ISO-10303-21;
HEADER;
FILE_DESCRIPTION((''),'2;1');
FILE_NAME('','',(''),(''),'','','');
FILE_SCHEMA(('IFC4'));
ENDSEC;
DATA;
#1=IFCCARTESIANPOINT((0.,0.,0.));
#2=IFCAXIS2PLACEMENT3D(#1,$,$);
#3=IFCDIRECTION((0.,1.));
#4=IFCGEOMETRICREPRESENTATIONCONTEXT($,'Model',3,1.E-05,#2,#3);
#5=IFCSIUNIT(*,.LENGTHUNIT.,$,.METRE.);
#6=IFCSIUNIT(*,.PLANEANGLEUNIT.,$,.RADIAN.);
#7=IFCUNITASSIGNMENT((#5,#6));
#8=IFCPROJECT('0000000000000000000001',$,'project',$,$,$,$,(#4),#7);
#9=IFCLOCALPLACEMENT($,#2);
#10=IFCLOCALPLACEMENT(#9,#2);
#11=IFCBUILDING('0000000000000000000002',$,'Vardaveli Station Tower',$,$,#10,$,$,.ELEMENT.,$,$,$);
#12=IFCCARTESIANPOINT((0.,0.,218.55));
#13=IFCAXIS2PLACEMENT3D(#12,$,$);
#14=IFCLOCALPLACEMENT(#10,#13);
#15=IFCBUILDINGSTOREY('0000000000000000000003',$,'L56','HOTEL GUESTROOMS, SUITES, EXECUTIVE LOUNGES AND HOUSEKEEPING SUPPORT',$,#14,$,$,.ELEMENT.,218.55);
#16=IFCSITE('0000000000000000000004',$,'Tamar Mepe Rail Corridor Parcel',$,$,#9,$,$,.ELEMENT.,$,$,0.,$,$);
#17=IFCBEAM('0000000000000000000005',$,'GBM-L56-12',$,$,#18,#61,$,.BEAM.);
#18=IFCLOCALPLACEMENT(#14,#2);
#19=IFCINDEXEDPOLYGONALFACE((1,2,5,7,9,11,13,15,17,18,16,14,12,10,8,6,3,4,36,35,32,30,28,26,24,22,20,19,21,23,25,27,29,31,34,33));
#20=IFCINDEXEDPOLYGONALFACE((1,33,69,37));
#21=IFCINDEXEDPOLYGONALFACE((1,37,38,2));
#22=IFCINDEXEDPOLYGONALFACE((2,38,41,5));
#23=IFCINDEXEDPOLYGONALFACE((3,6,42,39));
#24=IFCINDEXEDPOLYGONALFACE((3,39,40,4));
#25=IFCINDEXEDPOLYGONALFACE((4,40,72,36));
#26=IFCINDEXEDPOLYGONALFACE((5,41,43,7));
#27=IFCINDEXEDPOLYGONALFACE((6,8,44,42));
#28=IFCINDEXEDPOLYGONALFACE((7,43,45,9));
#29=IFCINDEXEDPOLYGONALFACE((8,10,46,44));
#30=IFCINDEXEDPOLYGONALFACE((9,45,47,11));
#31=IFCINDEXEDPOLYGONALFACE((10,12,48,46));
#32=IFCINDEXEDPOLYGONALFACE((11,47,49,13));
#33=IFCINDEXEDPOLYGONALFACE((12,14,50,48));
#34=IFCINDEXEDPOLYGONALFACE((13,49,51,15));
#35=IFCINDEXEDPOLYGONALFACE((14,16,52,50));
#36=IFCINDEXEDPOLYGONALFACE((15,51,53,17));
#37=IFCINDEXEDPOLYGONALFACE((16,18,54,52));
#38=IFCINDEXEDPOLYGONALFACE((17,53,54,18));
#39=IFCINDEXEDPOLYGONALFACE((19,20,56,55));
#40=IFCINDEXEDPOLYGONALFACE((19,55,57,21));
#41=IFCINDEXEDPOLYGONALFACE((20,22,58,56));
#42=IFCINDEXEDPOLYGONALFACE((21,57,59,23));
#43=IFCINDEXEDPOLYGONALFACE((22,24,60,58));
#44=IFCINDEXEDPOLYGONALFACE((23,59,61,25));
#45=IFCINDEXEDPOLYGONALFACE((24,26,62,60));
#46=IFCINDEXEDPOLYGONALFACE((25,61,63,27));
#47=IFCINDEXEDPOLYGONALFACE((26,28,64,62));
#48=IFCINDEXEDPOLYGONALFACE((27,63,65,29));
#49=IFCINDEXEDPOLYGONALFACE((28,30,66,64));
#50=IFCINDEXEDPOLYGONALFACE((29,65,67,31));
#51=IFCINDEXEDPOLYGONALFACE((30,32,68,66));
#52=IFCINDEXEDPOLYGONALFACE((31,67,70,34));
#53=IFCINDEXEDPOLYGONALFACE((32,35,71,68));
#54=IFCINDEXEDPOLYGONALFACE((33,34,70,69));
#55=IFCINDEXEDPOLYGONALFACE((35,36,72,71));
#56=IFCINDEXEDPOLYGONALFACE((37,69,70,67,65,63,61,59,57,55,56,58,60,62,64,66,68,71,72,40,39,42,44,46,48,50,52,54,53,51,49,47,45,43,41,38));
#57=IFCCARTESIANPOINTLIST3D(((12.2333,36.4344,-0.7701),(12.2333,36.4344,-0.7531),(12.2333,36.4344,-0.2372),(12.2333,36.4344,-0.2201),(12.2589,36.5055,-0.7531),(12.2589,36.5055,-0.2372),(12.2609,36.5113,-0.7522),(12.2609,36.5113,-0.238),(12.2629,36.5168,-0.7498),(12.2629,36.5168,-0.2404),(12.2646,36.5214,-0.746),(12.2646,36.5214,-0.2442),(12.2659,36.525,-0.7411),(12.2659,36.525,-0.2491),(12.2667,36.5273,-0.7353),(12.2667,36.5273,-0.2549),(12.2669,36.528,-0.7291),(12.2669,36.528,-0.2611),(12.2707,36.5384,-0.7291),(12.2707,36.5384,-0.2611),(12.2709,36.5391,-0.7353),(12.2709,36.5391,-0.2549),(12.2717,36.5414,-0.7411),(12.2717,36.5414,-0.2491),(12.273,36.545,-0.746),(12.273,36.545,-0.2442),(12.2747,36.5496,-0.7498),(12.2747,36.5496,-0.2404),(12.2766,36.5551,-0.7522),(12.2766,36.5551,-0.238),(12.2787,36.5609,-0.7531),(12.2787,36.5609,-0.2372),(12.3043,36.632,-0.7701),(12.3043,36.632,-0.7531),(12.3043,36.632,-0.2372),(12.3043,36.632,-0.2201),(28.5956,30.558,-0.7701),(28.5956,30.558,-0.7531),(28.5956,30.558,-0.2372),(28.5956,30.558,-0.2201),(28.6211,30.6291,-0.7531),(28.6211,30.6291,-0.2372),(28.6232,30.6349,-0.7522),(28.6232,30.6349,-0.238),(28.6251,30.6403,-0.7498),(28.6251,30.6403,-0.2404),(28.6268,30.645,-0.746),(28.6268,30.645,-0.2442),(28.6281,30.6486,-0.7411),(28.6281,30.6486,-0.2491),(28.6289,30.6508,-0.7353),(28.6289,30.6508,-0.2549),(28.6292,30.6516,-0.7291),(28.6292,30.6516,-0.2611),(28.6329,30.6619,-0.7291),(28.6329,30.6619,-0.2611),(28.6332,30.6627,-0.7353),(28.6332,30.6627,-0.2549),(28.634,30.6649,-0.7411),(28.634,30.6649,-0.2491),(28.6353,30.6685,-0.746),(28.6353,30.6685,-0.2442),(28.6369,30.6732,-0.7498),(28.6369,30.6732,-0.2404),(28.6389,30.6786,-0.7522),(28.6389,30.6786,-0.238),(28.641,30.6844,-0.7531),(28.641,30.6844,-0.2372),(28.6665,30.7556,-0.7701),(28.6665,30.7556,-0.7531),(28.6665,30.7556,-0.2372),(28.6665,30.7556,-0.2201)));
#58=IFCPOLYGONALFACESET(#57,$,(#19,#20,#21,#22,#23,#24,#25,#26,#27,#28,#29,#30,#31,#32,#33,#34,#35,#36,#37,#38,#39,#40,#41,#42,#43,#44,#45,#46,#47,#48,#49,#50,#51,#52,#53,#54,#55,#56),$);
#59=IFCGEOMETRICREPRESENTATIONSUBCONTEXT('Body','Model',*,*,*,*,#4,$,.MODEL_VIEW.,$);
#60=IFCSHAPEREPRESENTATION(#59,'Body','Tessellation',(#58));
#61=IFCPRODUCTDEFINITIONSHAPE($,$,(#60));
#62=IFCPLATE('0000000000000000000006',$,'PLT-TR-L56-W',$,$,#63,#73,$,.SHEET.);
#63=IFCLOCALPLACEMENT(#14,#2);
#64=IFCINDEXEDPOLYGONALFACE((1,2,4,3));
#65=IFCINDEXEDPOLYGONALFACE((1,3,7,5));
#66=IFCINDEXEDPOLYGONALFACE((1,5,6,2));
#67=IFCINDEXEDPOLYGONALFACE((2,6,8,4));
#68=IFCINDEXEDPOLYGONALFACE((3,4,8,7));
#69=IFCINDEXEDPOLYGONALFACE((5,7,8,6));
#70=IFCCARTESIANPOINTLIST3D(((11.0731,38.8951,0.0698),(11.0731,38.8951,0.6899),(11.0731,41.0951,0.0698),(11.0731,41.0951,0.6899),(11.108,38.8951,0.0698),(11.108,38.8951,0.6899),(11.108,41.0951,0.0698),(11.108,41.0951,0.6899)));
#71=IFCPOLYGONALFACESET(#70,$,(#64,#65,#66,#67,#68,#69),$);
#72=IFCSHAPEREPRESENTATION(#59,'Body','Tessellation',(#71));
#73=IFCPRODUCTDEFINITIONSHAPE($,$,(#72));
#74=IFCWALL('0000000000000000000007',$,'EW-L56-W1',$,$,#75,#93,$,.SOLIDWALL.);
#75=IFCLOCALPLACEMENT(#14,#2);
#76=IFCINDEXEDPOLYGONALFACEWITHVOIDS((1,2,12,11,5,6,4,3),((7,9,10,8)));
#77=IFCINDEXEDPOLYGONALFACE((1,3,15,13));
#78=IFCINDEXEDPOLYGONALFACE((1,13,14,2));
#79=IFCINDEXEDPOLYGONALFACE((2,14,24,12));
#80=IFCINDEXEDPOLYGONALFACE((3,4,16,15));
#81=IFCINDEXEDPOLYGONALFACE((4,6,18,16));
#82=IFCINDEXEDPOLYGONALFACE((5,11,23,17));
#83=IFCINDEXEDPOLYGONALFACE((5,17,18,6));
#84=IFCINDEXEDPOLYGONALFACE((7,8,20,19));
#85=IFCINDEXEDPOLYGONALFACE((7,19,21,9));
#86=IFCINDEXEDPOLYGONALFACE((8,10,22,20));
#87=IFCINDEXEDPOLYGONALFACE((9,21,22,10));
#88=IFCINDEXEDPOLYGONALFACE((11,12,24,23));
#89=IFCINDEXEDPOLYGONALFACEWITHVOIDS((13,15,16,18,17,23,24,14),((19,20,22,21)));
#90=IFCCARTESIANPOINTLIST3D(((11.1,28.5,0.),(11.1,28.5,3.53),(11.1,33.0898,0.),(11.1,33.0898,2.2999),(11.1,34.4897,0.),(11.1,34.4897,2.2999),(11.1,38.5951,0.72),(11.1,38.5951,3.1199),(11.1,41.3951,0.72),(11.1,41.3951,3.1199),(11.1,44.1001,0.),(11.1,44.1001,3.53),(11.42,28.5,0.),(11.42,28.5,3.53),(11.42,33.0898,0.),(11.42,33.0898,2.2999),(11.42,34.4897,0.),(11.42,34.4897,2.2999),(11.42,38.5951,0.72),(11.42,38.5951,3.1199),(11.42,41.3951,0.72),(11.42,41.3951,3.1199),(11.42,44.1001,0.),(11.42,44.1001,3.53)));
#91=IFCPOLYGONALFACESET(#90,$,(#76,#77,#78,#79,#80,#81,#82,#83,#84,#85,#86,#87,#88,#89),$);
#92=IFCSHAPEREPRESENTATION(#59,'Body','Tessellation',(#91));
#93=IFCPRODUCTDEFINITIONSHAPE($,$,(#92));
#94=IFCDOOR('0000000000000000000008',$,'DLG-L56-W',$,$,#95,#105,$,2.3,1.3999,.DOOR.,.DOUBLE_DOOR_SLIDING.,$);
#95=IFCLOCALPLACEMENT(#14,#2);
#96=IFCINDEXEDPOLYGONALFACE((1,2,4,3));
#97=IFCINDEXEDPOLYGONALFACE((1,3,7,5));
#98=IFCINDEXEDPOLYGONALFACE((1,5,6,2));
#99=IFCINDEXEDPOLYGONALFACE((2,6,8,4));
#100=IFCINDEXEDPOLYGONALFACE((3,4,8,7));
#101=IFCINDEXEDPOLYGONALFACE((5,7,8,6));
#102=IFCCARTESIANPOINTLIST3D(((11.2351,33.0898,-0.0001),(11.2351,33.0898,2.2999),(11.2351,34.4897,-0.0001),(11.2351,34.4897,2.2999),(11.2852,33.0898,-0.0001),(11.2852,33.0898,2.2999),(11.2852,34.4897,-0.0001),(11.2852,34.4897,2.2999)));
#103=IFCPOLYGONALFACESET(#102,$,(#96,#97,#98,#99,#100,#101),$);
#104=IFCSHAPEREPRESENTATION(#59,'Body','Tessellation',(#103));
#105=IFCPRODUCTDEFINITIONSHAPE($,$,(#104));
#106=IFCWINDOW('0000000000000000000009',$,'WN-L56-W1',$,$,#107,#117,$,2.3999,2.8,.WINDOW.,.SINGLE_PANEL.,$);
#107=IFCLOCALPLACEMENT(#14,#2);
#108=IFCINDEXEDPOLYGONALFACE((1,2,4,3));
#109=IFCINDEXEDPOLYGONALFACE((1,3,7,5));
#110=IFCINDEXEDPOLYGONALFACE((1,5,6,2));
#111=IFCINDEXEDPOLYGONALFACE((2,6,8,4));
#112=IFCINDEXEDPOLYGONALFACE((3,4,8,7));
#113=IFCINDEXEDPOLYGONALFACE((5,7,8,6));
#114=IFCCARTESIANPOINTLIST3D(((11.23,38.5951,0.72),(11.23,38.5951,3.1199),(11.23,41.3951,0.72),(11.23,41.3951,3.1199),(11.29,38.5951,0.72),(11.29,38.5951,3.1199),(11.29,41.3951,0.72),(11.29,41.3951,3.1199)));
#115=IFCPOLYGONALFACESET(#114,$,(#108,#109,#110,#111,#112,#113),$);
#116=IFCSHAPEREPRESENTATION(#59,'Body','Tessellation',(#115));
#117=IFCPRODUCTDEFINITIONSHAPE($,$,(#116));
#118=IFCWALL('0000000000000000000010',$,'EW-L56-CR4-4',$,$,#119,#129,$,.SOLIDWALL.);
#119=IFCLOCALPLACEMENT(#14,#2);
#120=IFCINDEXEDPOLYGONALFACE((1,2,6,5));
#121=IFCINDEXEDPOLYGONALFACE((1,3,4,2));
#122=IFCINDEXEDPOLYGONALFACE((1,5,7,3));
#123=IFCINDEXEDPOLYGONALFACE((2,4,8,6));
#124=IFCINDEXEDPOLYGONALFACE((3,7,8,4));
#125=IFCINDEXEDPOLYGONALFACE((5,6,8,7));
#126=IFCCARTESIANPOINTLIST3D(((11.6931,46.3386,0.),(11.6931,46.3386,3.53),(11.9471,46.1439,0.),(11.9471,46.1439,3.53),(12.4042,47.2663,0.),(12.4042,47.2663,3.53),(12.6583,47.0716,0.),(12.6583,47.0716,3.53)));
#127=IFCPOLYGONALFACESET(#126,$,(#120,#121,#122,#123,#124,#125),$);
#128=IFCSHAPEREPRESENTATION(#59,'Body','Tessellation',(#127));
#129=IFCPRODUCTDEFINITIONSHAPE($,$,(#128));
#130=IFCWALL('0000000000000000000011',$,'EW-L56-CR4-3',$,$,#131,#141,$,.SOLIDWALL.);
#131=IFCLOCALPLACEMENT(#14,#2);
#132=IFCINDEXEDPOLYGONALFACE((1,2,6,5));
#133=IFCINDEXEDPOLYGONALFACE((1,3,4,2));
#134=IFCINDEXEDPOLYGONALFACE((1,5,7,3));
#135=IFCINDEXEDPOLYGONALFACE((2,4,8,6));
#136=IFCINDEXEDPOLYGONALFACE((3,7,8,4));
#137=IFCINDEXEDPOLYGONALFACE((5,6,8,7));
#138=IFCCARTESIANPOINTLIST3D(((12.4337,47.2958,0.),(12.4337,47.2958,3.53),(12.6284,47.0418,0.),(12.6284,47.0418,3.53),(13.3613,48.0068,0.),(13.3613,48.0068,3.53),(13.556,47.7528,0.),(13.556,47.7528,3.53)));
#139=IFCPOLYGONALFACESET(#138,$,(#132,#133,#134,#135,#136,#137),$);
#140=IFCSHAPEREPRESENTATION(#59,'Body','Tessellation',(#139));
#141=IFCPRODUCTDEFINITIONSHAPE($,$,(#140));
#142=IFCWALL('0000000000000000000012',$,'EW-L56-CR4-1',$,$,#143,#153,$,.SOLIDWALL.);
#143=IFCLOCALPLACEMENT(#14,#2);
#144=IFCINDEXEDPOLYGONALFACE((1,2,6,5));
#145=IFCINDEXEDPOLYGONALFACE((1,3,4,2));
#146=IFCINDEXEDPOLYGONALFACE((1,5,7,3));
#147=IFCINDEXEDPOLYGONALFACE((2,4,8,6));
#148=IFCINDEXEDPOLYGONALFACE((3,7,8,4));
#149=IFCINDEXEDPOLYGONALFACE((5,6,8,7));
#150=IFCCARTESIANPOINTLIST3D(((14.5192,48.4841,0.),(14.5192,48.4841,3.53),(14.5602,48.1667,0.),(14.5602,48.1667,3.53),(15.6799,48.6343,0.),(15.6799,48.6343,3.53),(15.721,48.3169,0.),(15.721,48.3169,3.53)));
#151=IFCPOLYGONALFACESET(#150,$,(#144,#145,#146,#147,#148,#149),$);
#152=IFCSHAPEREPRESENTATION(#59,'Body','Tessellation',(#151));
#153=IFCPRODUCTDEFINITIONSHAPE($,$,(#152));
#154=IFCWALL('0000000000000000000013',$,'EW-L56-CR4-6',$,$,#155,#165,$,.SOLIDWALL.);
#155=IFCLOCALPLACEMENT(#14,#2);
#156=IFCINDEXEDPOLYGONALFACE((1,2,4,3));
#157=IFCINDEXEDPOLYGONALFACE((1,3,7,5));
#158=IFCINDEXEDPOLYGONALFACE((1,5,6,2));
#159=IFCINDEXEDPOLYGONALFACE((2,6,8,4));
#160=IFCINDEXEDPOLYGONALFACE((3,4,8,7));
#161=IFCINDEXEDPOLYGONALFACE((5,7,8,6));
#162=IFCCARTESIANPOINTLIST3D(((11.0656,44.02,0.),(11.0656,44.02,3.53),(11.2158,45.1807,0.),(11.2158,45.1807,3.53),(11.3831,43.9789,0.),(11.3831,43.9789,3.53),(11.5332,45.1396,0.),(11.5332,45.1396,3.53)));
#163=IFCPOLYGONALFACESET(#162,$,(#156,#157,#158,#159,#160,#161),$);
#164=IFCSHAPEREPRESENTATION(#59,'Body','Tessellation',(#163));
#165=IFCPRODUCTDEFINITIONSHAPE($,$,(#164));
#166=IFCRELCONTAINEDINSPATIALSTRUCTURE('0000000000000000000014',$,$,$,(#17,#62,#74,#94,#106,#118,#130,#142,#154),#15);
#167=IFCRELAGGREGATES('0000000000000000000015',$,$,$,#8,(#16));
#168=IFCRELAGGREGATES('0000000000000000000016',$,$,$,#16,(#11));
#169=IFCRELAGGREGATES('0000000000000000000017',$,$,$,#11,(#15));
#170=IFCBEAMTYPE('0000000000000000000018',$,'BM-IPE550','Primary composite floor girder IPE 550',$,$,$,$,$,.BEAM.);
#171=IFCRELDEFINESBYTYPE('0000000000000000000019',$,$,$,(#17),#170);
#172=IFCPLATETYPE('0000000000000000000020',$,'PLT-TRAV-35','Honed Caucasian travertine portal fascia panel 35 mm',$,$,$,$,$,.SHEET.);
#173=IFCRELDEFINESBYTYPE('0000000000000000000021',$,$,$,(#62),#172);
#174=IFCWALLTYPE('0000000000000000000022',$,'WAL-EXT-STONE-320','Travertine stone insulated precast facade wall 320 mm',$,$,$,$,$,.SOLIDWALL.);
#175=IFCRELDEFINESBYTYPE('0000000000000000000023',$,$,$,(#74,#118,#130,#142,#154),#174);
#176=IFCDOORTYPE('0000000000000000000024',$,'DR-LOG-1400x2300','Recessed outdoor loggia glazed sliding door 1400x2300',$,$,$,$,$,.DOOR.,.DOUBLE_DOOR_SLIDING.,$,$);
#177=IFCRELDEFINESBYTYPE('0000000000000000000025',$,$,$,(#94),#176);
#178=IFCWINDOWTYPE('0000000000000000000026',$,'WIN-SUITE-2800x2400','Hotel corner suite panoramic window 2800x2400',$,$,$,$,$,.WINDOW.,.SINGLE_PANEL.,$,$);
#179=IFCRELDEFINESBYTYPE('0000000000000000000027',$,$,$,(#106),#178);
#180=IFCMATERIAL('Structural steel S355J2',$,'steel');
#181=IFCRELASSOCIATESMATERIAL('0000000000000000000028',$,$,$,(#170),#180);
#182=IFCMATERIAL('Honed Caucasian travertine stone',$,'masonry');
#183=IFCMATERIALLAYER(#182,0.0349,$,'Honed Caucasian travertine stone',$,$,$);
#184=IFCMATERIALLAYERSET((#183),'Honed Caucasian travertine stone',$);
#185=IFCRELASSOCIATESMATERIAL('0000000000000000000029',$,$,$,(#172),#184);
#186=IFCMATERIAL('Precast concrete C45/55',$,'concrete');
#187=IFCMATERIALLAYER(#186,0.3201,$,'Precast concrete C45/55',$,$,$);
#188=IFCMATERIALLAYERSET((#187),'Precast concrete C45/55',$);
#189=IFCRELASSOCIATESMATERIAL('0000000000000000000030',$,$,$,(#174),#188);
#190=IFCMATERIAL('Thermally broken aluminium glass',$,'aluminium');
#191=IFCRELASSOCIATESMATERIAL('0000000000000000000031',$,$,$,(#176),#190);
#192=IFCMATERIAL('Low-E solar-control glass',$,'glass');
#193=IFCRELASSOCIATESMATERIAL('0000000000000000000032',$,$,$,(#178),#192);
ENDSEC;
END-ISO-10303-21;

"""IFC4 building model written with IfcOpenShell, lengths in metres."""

from ifc_helpers import new_model, si_unit, direction, frame, frame_2d, origin, origin_2d, place, context, subcontext, project, spatial, rectangle, i_section, extrude, source, transform, mapped, material, layer, layer_set, material_profile, profile_set, type_object, element, fill, save


model = new_model("IFC4")

# Units and contexts
model_context = context("Model", 3, precision=1e-05, world=origin(), true_north=direction((0.0, 1.0)))
body_context = subcontext(model_context, "Body", "Model", "MODEL_VIEW")
ifc_project = project(units=[si_unit("LENGTHUNIT", "METRE"), si_unit("PLANEANGLEUNIT", "RADIAN")], contexts=[model_context])

# Site, building, storey
site_placement = place(None, origin())
site = spatial("IfcSite", under=ifc_project, at=site_placement, Name="Tamar Mepe Rail Corridor Parcel", CompositionType="ELEMENT", RefElevation=0.0)
building_placement = place(site_placement, origin())
building = spatial("IfcBuilding", under=site, at=building_placement, Name="Vardaveli Station Tower", CompositionType="ELEMENT")
storey_placement = place(building_placement, frame((0.0, 0.0, 218.55)))
storey = spatial("IfcBuildingStorey", under=building, at=storey_placement, Name="L56", Description="HOTEL GUESTROOMS, SUITES, EXECUTIVE LOUNGES AND HOUSEKEEPING SUPPORT", CompositionType="ELEMENT", Elevation=218.55)

# Beam
ifc_material_1 = material(Name="Precast concrete C45/55", Category="concrete")
ifc_material_2 = material(Name="Structural steel S355J2", Category="steel")
ifc_material_profile_1 = material_profile(ifc_material_2, i_section(OverallWidth=0.21, OverallDepth=0.55, WebThickness=0.011, FlangeThickness=0.0171, FilletRadius=0.0239, at=origin_2d()), Name="IPE 550")
ifc_profile_set_1 = profile_set([ifc_material_profile_1], Name="Structural steel S355J2")
beam_type_1 = type_object("IfcBeamType", Name="BM-IPE550", Description="Primary composite floor girder IPE 550", PredefinedType="BEAM", material=ifc_profile_set_1)
shared_shape_1 = source(origin(), body_context, "Body", "SweptSolid", [
    extrude(i_section(OverallWidth=0.21, OverallDepth=0.55, WebThickness=0.011, FlangeThickness=0.0171, FilletRadius=0.0239, at=origin_2d()), origin(), (0.0, 0.0, 1.0), 17.3855),
])
beam_1_placement = place(storey_placement, frame((12.2688, 36.5332, -0.4951), z_axis=(0.941143, -0.338008, 0.0), x_axis=(0.338008, 0.941143, 0.0)))
element("IfcBeam", 1, at=beam_1_placement, inside=storey, type_object=beam_type_1, Name="GBM-L56-12", PredefinedType="BEAM", context=body_context, shape_type="MappedRepresentation", body=[
    mapped(shared_shape_1, transform((0.0, 0.0, 0.0), scale=1.0)),
])

# Plate
ifc_material_3 = material(Name="Honed Caucasian travertine stone", Category="masonry")
ifc_layer_1 = layer(ifc_material_3, 0.0349, Name="Honed Caucasian travertine stone")
ifc_layer_set_1 = layer_set([ifc_layer_1], Name="Honed Caucasian travertine stone")
plate_type = type_object("IfcPlateType", Name="PLT-TRAV-35", Description="Honed Caucasian travertine portal fascia panel 35 mm", PredefinedType="SHEET", material=ifc_layer_set_1)
shared_shape_2 = source(origin(), body_context, "Body", "SweptSolid", [
    extrude(rectangle(XDim=2.2, YDim=0.0349, at=origin_2d()), origin(), (0.0, 0.0, 1.0), 0.6201),
])
plate_placement = place(storey_placement, frame((11.0906, 39.9951, 0.0698), z_axis=(0.0, 0.0, 1.0), x_axis=(0.0, 1.0, 0.0)))
element("IfcPlate", 2, at=plate_placement, inside=storey, type_object=plate_type, Name="PLT-TR-L56-W", PredefinedType="SHEET", context=body_context, shape_type="MappedRepresentation", body=[
    mapped(shared_shape_2, transform((0.0, 0.0, 0.0), scale=1.0)),
])

# Wall, openings, door, window
ifc_layer_2 = layer(ifc_material_1, 0.3201, Name="Precast concrete C45/55")
ifc_layer_set_2 = layer_set([ifc_layer_2], Name="Precast concrete C45/55")
wall_type_1 = type_object("IfcWallType", Name="WAL-EXT-STONE-320", Description="Travertine stone insulated precast facade wall 320 mm", PredefinedType="SOLIDWALL", material=ifc_layer_set_2)
shared_shape_3 = source(origin(), body_context, "Body", "SweptSolid", [
    extrude(rectangle(XDim=15.6001, YDim=0.3201, at=frame_2d((7.8, 0.0))), origin(), (0.0, 0.0, 1.0), 3.53),
])
wall_1_placement = place(storey_placement, frame((11.26, 44.1001, 0.0), z_axis=(0.0, 0.0, 1.0), x_axis=(0.0, -1.0, 0.0)))
wall_1 = element("IfcWall", 3, at=wall_1_placement, inside=storey, type_object=wall_type_1, Name="EW-L56-W1", PredefinedType="SOLIDWALL", context=body_context, shape_type="MappedRepresentation", body=[
    mapped(shared_shape_3, transform((0.0, 0.0, 0.0), scale=1.0)),
])
shared_shape_4 = source(origin(), body_context, "Body", "SweptSolid", [
    extrude(rectangle(XDim=1.3999, YDim=2.3, at=frame_2d((0.7, 1.1499))), frame((0.0, 0.1699, 0.0), z_axis=(0.0, -1.0, 0.0), x_axis=(1.0, 0.0, 0.0)), (0.0, 0.0, 1.0), 0.3401),
])
opening_1_placement = place(wall_1_placement, frame((9.6104, 0.0, 0.0)))
opening_1 = element("IfcOpeningElement", 4, at=opening_1_placement, cuts=wall_1, PredefinedType="OPENING", context=body_context, shape_type="MappedRepresentation", body=[
    mapped(shared_shape_4, transform((0.0, 0.0, 0.0), scale=1.0)),
])
shared_shape_5 = source(origin(), body_context, "Body", "SweptSolid", [
    extrude(rectangle(XDim=2.8, YDim=2.3999, at=frame_2d((1.3999, 1.2))), frame((0.0, 0.1699, 0.0), z_axis=(0.0, -1.0, 0.0), x_axis=(1.0, 0.0, 0.0)), (0.0, 0.0, 1.0), 0.3401),
])
opening_2_placement = place(wall_1_placement, frame((2.7051, 0.0, 0.72)))
opening_2 = element("IfcOpeningElement", 5, at=opening_2_placement, cuts=wall_1, PredefinedType="OPENING", context=body_context, shape_type="MappedRepresentation", body=[
    mapped(shared_shape_5, transform((0.0, 0.0, 0.0), scale=1.0)),
])
ifc_material_4 = material(Name="Thermally broken aluminium glass", Category="aluminium")
door_type_1 = type_object("IfcDoorType", Name="DR-LOG-1400x2300", Description="Recessed outdoor loggia glazed sliding door 1400x2300", OperationType="DOUBLE_DOOR_SLIDING", PredefinedType="DOOR", material=ifc_material_4)
shared_shape_6 = source(origin(), body_context, "Body", "SweptSolid", [
    extrude(rectangle(XDim=1.3999, YDim=2.3, at=frame_2d((0.7, 1.1499))), frame((0.0, 0.0249, 0.0), z_axis=(0.0, -1.0, 0.0), x_axis=(1.0, 0.0, 0.0)), (0.0, 0.0, 1.0), 0.05),
])
door_1_placement = place(opening_1_placement, frame((1.3999, 0.0, 0.0), z_axis=(0.0, 0.0, 1.0), x_axis=(-1.0, 0.0, 0.0)))
door_1 = element("IfcDoor", 6, at=door_1_placement, inside=storey, type_object=door_type_1, Name="DLG-L56-W", OperationType="DOUBLE_DOOR_SLIDING", OverallHeight=2.3, OverallWidth=1.3999, PredefinedType="DOOR", context=body_context, shape_type="MappedRepresentation", body=[
    mapped(shared_shape_6, transform((0.0, 0.0, 0.0), scale=1.0)),
])
fill(opening_1, door_1)
ifc_material_5 = material(Name="Low-E solar-control glass", Category="glass")
window_type = type_object("IfcWindowType", Name="WIN-SUITE-2800x2400", Description="Hotel corner suite panoramic window 2800x2400", PartitioningType="SINGLE_PANEL", PredefinedType="WINDOW", material=ifc_material_5)
shared_shape_7 = source(origin(), body_context, "Body", "SweptSolid", [
    extrude(rectangle(XDim=2.8, YDim=2.3999, at=frame_2d((1.3999, 1.2))), frame((0.0, 0.03, 0.0), z_axis=(0.0, -1.0, 0.0), x_axis=(1.0, 0.0, 0.0)), (0.0, 0.0, 1.0), 0.0601),
])
window_placement = place(opening_2_placement, origin())
window = element("IfcWindow", 7, at=window_placement, inside=storey, type_object=window_type, Name="WN-L56-W1", OverallHeight=2.3999, OverallWidth=2.8, PartitioningType="SINGLE_PANEL", PredefinedType="WINDOW", context=body_context, shape_type="MappedRepresentation", body=[
    mapped(shared_shape_7, transform((0.0, 0.0, 0.0), scale=1.0)),
])
fill(opening_2, window)

# Walls
shared_shape_8 = source(origin(), body_context, "Body", "SweptSolid", [
    extrude(rectangle(XDim=1.1689, YDim=0.3201, at=frame_2d((0.5845, 0.0))), origin(), (0.0, 0.0, 1.0), 3.53),
])
wall_2_placement = place(storey_placement, frame((12.5312, 47.1689, 0.0), z_axis=(0.0, 0.0, 1.0), x_axis=(-0.608388, -0.79364, 0.0)))
element("IfcWall", 8, at=wall_2_placement, inside=storey, type_object=wall_type_1, Name="EW-L56-CR4-4", PredefinedType="SOLIDWALL", context=body_context, shape_type="MappedRepresentation", body=[
    mapped(shared_shape_8, transform((0.0, 0.0, 0.0), scale=1.0)),
])
shared_shape_9 = source(origin(), body_context, "Body", "SweptSolid", [
    extrude(rectangle(XDim=1.1687, YDim=0.3201, at=frame_2d((0.5845, 0.0))), origin(), (0.0, 0.0, 1.0), 3.53),
])
wall_3_placement = place(storey_placement, frame((13.4587, 47.8799, 0.0), z_axis=(0.0, 0.0, 1.0), x_axis=(-0.793664, -0.608357, 0.0)))
element("IfcWall", 9, at=wall_3_placement, inside=storey, type_object=wall_type_1, Name="EW-L56-CR4-3", PredefinedType="SOLIDWALL", context=body_context, shape_type="MappedRepresentation", body=[
    mapped(shared_shape_9, transform((0.0, 0.0, 0.0), scale=1.0)),
])
shared_shape_10 = source(origin(), body_context, "Body", "SweptSolid", [
    extrude(rectangle(XDim=1.1704, YDim=0.3201, at=frame_2d((0.5852, 0.0))), origin(), (0.0, 0.0, 1.0), 3.53),
])
for number, where, z_axis, x_axis, name in (
    (10, (15.7004, 48.4756, 0.0), (0.0, 0.0, 1.0), (-0.991736, -0.128296, 0.0), "EW-L56-CR4-1"),
    (11, (11.3745, 45.1602, 0.0), (0.0, 0.0, 1.0), (-0.128296, -0.991736, 0.0), "EW-L56-CR4-6"),
):
    element("IfcWall", number, at=place(storey_placement, frame(where, z_axis=z_axis, x_axis=x_axis)), inside=storey, type_object=wall_type_1, Name=name, PredefinedType="SOLIDWALL", context=body_context, shape_type="MappedRepresentation", body=[
        mapped(shared_shape_10, transform((0.0, 0.0, 0.0), scale=1.0)),
    ])

save(model, "model.ifc")
